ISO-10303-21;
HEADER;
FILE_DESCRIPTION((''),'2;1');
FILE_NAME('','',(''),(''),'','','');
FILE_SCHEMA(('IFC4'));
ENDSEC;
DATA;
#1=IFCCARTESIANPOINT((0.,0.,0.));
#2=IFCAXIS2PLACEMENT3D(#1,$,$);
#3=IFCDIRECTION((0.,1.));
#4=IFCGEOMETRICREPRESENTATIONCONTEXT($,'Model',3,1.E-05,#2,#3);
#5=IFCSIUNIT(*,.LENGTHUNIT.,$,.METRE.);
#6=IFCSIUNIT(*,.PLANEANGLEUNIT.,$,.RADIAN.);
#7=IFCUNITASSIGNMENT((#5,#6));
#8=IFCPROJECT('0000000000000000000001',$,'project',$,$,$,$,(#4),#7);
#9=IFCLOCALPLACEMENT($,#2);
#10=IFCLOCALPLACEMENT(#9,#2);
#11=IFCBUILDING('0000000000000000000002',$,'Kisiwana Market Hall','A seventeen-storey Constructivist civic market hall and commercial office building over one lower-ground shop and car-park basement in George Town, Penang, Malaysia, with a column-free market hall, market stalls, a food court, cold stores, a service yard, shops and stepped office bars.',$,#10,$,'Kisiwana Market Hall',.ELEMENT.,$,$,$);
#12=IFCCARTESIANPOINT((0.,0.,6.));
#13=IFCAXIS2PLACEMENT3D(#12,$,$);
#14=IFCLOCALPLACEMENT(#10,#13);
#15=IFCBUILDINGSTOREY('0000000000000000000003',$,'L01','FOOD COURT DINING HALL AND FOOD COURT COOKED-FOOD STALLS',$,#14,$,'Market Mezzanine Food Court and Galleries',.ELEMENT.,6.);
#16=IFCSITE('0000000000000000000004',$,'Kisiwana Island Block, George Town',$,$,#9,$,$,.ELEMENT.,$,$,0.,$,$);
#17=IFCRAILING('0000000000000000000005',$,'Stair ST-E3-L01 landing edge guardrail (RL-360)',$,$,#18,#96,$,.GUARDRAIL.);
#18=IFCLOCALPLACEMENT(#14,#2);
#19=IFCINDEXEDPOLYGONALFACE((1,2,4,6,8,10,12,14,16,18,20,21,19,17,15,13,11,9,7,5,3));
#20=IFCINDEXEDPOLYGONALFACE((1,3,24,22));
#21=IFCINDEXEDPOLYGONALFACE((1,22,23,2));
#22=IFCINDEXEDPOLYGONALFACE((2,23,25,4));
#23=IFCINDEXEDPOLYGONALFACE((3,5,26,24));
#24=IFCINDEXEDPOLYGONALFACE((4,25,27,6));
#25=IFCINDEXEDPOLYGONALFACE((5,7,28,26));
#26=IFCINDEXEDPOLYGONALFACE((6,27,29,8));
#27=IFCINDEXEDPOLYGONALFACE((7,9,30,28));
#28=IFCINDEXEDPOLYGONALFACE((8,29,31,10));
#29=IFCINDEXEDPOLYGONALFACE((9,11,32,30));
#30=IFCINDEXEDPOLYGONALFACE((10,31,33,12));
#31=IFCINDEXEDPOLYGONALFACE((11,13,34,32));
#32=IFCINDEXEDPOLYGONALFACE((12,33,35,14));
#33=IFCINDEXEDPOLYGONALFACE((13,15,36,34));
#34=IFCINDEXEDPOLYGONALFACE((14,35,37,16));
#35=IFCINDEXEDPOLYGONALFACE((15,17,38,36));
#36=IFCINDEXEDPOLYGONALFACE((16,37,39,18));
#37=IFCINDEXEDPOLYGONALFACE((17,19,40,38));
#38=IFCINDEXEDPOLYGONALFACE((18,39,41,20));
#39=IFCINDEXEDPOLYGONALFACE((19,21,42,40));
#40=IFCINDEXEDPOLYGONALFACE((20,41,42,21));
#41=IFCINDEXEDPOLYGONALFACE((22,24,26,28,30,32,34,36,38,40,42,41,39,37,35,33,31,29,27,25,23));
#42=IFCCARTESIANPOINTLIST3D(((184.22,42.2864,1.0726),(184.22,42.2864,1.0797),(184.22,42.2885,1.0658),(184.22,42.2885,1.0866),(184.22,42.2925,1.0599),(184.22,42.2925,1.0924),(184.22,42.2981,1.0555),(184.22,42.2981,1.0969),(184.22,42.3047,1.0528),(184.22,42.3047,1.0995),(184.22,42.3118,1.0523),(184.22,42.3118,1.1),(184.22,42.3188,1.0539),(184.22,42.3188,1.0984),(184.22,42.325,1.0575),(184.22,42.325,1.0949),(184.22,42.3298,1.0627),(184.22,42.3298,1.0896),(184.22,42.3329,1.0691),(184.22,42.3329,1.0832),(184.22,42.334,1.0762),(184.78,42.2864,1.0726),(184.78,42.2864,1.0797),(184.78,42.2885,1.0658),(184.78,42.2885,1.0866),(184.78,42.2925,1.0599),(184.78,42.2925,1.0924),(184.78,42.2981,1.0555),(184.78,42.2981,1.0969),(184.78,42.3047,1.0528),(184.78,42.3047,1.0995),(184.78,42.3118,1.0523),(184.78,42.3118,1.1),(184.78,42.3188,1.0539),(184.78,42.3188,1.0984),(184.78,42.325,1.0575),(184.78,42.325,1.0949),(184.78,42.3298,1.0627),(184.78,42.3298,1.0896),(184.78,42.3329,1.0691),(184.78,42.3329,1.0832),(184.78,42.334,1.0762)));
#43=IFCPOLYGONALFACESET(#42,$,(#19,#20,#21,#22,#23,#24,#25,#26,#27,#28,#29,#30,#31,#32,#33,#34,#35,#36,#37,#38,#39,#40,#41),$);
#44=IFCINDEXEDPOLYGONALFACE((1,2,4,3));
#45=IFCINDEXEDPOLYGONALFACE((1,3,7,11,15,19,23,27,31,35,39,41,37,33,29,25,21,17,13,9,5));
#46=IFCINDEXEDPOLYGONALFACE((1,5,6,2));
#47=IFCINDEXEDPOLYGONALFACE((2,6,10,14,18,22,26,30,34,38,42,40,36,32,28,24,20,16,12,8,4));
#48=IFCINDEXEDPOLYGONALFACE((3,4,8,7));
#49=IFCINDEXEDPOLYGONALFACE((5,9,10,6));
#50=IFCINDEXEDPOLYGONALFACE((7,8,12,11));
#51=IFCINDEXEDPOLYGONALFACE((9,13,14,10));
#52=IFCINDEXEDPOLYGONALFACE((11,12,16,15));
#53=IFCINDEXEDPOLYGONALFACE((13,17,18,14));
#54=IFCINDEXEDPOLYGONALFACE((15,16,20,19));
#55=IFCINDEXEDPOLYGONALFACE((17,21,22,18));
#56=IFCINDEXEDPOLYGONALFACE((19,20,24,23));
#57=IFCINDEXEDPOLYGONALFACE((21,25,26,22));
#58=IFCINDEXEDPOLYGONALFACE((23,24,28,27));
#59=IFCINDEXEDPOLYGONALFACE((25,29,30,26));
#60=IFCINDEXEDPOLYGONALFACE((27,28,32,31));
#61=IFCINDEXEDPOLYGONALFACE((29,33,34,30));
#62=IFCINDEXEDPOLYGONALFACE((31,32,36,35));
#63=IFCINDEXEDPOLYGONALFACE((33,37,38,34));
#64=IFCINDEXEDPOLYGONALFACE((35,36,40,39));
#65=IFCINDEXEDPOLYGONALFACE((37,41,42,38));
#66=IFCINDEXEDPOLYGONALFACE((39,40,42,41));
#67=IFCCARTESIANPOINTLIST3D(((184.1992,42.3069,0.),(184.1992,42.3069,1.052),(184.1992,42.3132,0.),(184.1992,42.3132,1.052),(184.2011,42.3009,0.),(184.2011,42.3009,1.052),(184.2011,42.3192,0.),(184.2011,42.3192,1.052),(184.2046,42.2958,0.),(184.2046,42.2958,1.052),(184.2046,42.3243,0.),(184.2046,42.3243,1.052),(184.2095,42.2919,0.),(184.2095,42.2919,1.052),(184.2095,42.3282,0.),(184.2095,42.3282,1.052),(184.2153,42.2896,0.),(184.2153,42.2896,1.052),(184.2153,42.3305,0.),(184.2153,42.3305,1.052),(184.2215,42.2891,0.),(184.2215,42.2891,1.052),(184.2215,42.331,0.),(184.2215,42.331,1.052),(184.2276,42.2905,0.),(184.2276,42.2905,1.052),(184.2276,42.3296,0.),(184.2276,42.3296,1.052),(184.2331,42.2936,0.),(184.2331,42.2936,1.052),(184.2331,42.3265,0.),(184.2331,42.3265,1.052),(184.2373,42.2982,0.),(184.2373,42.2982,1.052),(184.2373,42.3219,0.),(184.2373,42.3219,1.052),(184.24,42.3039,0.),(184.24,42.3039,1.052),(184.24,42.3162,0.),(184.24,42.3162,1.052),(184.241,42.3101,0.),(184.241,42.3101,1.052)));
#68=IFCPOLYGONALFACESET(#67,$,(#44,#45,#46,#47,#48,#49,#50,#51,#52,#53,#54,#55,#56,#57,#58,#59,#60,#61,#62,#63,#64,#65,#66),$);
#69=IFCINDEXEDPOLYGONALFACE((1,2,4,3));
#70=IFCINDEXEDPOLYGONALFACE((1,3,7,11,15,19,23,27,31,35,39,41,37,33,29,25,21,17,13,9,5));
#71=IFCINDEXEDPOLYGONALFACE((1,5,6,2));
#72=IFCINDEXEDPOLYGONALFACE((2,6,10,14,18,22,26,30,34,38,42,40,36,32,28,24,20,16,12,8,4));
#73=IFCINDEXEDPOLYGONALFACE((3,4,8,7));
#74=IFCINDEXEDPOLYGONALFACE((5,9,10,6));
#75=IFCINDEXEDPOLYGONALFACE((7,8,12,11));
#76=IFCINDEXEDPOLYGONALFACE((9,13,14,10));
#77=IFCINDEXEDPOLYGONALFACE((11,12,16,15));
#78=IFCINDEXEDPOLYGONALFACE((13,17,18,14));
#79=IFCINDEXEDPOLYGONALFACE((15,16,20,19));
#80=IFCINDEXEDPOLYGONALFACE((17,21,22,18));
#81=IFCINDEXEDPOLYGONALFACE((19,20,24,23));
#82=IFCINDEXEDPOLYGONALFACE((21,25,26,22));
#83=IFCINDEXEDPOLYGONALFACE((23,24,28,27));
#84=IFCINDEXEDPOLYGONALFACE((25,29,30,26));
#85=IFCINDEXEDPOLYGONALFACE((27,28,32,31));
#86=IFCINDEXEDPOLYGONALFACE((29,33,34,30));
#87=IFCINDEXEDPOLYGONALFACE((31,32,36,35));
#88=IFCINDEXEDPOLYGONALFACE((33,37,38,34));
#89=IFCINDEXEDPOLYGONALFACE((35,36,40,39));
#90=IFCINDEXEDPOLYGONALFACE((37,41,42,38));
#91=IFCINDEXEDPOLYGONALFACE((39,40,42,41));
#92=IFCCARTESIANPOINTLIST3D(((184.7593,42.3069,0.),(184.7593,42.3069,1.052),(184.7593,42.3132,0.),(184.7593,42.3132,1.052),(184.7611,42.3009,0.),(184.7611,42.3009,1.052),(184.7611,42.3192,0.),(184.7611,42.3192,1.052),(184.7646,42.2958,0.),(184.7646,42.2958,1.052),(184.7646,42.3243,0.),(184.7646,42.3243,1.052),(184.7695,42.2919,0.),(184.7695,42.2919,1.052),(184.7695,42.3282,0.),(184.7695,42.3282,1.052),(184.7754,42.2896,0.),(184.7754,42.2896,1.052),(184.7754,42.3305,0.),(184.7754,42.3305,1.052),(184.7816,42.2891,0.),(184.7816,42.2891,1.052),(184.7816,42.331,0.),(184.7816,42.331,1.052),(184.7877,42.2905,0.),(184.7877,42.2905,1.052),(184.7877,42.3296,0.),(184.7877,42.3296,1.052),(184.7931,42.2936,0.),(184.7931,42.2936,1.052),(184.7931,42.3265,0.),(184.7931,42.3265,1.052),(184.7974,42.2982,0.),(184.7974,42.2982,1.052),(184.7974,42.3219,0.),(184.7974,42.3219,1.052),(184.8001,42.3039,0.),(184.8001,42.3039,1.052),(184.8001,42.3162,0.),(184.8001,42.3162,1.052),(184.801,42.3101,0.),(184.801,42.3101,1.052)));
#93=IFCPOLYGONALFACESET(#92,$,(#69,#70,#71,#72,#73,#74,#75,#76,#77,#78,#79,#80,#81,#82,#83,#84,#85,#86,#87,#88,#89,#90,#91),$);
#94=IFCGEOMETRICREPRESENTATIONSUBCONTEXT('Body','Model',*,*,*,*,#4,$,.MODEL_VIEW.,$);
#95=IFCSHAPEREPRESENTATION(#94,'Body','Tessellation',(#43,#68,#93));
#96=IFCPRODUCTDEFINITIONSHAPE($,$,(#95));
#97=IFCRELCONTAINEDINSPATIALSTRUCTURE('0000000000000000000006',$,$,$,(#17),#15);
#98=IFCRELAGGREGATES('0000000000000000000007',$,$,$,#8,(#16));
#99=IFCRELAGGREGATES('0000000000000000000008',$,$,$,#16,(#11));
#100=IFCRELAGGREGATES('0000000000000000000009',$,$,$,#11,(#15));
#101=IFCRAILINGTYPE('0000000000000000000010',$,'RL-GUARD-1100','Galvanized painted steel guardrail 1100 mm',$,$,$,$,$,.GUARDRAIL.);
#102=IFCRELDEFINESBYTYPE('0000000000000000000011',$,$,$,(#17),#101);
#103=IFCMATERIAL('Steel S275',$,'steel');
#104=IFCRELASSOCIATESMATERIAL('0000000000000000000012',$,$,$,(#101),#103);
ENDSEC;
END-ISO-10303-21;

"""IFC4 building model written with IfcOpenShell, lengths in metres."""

from ifc_helpers import new_model, si_unit, direction, frame, origin, origin_2d, place, context, subcontext, project, spatial, circle, extrude, material, type_object, element, save


model = new_model("IFC4")

# Units and contexts
model_context = context("Model", 3, precision=1e-05, world=origin(), true_north=direction((0.0, 1.0)))
body_context = subcontext(model_context, "Body", "Model", "MODEL_VIEW")
ifc_project = project(units=[si_unit("LENGTHUNIT", "METRE"), si_unit("PLANEANGLEUNIT", "RADIAN")], contexts=[model_context])

# Site, building, storey
site_placement = place(None, origin())
site = spatial("IfcSite", under=ifc_project, at=site_placement, Name="Kisiwana Island Block, George Town", CompositionType="ELEMENT", RefElevation=0.0)
building_placement = place(site_placement, origin())
building = spatial("IfcBuilding", under=site, at=building_placement, Name="Kisiwana Market Hall", Description="A seventeen-storey Constructivist civic market hall and commercial office building over one lower-ground shop and car-park basement in George Town, Penang, Malaysia, with a column-free market hall, market stalls, a food court, cold stores, a service yard, shops and stepped office bars.", LongName="Kisiwana Market Hall", CompositionType="ELEMENT")
storey_placement = place(building_placement, frame((0.0, 0.0, 6.0)))
storey = spatial("IfcBuildingStorey", under=building, at=storey_placement, Name="L01", Description="FOOD COURT DINING HALL AND FOOD COURT COOKED-FOOD STALLS", LongName="Market Mezzanine Food Court and Galleries", CompositionType="ELEMENT", Elevation=6.0)

# Railing
ifc_material_1 = material(Name="Steel S275", Category="steel")
railing_type_1 = type_object("IfcRailingType", Name="RL-GUARD-1100", Description="Galvanized painted steel guardrail 1100 mm", PredefinedType="GUARDRAIL", material=ifc_material_1)
railing_1_placement = place(storey_placement, frame((184.22, 42.3101, 0.0)))
element("IfcRailing", 1, at=railing_1_placement, inside=storey, type_object=railing_type_1, Name="Stair ST-E3-L01 landing edge guardrail (RL-360)", PredefinedType="GUARDRAIL", context=body_context, shape_type="SweptSolid", body=[
    extrude(circle(Radius=0.0239, at=origin_2d()), frame((0.0, 0.0, 1.0762), z_axis=(1.0, 0.0, 0.0), x_axis=(0.0, 1.0, 0.0)), (0.0, 0.0, 1.0), 0.5601),
    extrude(circle(Radius=0.021, at=origin_2d()), origin(), (0.0, 0.0, 1.0), 1.052),
    extrude(circle(Radius=0.021, at=origin_2d()), frame((0.5601, 0.0, 0.0)), (0.0, 0.0, 1.0), 1.052),
])

save(model, "model.ifc")
